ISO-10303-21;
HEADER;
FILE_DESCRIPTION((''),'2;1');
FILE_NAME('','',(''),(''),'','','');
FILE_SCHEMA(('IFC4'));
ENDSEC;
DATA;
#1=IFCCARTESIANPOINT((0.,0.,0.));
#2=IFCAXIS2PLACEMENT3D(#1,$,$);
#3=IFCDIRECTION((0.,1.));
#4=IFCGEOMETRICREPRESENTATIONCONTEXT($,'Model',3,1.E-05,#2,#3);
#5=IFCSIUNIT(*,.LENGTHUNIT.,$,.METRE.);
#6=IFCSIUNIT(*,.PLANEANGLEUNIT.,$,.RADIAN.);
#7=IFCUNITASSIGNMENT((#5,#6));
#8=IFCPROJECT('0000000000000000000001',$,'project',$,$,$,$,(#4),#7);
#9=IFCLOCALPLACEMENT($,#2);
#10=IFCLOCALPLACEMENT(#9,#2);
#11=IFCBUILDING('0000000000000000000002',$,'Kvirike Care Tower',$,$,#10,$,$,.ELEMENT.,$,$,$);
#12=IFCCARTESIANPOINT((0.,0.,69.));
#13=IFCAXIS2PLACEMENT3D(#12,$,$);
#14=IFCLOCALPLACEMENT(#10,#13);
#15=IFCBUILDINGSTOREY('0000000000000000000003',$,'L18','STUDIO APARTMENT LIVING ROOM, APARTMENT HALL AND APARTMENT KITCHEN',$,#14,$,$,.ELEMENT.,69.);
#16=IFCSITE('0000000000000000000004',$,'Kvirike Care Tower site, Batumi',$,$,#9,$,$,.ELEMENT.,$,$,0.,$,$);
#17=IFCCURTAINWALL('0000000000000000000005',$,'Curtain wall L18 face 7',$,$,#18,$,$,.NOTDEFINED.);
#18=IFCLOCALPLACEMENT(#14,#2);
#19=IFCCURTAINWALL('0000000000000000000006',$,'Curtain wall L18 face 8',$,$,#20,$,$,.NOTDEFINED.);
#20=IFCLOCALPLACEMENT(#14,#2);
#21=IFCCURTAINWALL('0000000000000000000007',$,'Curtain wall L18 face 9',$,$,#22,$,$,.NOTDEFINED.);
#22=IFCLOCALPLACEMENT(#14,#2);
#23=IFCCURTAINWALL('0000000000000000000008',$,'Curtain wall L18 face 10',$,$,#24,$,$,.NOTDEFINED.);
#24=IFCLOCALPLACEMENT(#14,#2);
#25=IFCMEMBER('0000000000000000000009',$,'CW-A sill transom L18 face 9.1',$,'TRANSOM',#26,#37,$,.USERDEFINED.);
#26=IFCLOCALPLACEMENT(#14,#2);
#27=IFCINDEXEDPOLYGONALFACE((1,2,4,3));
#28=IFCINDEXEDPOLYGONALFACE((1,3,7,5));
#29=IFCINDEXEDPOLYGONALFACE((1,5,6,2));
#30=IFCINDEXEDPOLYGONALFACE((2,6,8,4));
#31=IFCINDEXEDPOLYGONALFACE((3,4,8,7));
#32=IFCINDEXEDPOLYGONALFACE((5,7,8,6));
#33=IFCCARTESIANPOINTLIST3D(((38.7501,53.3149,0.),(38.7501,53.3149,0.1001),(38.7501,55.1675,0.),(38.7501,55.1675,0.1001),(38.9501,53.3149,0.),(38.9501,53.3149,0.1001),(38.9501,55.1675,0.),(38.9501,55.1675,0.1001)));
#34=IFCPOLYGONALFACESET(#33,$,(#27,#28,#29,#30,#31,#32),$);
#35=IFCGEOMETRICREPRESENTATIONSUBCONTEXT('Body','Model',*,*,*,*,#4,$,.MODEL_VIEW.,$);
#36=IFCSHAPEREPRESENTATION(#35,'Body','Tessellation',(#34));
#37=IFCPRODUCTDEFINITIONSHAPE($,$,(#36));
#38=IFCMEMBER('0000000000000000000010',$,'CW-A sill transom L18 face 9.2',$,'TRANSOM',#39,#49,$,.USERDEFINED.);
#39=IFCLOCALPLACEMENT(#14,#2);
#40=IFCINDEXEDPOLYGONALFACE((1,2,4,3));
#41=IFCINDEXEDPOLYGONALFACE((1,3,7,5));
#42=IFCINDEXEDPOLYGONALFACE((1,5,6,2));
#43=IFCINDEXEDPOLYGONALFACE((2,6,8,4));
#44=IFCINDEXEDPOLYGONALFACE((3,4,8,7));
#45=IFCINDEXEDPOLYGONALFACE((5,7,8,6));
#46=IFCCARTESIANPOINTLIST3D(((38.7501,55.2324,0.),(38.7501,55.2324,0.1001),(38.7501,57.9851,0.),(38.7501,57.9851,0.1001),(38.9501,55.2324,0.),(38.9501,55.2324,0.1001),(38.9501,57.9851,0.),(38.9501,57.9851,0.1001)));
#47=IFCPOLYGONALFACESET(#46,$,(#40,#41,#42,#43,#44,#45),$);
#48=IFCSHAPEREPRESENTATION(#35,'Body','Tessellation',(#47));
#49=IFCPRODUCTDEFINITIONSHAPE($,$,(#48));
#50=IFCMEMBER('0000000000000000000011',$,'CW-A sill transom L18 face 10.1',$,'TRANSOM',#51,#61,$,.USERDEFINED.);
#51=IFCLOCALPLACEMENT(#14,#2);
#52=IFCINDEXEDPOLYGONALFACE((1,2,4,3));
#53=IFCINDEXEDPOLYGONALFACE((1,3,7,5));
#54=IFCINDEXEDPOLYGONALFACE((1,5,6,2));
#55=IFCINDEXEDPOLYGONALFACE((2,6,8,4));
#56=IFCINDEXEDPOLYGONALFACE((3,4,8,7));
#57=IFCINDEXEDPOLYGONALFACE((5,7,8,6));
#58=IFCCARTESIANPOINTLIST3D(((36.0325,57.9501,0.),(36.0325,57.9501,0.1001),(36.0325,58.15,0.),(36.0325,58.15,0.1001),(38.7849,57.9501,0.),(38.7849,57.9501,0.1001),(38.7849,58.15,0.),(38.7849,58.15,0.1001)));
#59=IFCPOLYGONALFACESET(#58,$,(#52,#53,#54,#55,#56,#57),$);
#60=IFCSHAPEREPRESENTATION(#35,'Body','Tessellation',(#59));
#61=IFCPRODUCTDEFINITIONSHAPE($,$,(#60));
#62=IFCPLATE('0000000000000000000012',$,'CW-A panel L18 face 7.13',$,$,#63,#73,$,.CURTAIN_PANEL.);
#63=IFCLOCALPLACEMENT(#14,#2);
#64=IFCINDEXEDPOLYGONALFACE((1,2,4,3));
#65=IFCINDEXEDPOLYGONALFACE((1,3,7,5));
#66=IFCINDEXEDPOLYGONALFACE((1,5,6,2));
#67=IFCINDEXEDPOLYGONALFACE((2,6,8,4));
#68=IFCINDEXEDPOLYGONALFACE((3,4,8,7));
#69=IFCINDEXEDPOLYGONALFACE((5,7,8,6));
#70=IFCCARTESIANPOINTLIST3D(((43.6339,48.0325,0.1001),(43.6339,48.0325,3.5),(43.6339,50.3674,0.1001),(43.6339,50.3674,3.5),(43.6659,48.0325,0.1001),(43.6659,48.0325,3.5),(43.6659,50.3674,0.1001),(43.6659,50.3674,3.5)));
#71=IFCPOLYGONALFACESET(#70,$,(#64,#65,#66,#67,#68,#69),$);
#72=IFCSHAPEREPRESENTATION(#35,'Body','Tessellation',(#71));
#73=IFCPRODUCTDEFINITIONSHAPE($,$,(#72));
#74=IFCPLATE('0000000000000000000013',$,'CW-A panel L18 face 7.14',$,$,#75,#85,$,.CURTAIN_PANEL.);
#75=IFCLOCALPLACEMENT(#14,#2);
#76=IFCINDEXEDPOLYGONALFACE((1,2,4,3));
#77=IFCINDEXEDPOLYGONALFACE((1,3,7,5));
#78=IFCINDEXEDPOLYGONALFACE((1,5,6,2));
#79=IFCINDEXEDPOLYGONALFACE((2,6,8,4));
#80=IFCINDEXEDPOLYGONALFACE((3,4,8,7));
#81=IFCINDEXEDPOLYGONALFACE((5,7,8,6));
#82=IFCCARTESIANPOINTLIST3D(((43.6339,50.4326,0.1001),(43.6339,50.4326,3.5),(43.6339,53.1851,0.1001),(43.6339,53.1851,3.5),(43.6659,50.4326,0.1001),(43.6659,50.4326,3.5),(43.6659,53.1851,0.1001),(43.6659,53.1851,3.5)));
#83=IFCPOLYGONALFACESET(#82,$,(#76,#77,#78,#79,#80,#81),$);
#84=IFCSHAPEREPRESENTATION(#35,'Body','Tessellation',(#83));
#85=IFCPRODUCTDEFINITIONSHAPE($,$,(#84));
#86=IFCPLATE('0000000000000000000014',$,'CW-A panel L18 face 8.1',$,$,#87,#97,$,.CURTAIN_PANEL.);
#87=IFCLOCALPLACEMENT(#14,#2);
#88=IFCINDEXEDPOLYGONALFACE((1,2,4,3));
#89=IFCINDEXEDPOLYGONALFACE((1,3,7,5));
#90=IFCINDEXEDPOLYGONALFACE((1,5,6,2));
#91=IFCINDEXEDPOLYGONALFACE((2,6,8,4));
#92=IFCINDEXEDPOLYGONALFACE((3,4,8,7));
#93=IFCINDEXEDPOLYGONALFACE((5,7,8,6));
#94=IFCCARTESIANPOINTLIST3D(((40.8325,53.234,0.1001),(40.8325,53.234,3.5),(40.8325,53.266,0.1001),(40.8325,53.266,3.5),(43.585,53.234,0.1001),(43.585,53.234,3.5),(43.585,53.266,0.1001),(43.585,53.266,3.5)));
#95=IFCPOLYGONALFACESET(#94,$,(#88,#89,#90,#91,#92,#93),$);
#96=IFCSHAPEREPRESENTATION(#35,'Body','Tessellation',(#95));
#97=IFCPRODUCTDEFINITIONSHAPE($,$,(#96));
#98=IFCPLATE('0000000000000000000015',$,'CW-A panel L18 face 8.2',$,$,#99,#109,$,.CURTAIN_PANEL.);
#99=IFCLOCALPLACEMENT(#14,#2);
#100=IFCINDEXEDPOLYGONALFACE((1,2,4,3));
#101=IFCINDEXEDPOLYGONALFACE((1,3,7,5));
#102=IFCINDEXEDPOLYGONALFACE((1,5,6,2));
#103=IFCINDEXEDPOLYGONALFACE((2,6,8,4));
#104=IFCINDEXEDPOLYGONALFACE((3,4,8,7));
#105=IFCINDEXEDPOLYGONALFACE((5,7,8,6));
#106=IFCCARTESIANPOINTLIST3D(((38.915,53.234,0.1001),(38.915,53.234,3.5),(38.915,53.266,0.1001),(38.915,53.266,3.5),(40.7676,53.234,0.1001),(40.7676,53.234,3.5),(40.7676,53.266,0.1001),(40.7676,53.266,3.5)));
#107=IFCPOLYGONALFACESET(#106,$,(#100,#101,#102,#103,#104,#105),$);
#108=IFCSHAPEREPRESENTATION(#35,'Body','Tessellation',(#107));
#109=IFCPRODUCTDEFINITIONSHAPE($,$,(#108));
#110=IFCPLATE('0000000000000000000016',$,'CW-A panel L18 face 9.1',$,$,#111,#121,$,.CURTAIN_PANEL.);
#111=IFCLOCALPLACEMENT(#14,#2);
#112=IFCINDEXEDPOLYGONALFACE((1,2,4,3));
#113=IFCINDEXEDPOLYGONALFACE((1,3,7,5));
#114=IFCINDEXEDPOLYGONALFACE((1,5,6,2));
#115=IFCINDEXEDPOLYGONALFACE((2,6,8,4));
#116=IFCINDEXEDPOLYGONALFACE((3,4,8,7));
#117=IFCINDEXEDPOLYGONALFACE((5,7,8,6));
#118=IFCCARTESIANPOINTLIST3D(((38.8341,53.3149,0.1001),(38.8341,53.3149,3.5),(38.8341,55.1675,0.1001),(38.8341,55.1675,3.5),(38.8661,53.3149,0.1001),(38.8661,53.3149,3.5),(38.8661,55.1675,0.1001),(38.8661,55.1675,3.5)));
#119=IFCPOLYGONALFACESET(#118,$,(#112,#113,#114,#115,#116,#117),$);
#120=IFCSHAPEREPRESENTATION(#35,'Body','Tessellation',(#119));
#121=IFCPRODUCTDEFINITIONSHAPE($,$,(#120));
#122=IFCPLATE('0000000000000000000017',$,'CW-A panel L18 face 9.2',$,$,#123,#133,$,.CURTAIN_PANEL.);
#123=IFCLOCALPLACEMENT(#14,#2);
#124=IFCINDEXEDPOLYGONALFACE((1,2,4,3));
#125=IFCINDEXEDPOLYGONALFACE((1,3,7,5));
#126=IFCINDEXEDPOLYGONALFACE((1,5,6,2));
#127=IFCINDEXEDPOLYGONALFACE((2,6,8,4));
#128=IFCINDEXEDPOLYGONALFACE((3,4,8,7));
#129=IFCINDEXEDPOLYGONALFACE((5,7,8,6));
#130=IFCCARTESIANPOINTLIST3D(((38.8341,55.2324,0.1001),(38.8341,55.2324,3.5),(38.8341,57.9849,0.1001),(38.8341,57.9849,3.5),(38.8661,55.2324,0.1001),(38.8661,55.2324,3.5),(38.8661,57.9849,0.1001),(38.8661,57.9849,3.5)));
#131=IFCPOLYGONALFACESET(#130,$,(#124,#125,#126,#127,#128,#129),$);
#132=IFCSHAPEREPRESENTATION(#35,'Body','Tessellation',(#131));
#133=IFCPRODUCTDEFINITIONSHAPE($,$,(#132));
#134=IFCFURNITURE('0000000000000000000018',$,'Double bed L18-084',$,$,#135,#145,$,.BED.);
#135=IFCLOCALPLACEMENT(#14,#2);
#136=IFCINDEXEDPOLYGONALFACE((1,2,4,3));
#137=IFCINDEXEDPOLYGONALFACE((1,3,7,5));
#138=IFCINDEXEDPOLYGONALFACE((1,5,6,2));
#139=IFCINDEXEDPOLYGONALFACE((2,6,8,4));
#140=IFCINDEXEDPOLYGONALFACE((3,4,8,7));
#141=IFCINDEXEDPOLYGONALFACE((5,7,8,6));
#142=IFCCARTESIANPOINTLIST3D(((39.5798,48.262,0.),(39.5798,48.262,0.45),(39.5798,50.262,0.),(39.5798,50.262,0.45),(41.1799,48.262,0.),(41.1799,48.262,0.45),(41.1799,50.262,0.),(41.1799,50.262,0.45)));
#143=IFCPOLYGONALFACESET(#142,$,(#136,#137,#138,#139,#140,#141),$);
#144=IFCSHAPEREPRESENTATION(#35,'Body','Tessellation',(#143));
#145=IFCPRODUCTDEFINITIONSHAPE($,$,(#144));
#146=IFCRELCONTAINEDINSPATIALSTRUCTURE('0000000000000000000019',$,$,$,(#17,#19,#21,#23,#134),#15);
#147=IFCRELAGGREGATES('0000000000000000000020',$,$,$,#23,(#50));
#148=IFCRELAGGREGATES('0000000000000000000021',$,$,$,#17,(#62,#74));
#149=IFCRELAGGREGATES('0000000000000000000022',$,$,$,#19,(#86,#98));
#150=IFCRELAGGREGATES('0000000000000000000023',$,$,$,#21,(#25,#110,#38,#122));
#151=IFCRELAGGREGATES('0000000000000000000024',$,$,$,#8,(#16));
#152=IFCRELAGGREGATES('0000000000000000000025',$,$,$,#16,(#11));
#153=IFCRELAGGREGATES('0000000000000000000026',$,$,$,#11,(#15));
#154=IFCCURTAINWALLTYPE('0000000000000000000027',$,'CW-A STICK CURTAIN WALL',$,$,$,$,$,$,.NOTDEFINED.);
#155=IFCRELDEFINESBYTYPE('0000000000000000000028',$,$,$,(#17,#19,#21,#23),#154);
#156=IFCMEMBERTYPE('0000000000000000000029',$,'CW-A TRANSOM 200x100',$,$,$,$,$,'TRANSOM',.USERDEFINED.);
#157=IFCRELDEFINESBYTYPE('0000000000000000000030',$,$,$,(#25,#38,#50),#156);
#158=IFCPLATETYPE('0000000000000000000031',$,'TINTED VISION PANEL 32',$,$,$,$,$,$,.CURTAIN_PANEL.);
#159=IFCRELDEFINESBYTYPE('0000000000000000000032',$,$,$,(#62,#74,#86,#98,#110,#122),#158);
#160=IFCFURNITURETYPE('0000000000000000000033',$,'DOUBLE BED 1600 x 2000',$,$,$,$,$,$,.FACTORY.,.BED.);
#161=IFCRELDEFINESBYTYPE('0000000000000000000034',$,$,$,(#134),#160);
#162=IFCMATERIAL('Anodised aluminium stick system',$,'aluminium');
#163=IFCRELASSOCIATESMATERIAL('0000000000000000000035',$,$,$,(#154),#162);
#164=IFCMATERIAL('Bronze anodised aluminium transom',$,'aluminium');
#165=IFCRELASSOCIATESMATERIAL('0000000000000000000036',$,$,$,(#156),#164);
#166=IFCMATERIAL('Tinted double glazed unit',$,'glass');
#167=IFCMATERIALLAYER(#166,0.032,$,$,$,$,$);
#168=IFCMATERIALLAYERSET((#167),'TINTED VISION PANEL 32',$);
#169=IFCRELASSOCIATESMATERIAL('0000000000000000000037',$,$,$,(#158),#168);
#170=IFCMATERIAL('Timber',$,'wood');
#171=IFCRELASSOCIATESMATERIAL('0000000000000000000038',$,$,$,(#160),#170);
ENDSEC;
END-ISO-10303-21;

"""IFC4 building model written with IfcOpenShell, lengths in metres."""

from ifc_helpers import new_model, si_unit, direction, frame, origin, origin_2d, place, context, subcontext, project, spatial, rectangle, extrude, material, layer, layer_set, material_profile, profile_set, type_object, element, aggregate, save


model = new_model("IFC4")

# Units and contexts
model_context = context("Model", 3, precision=1e-05, world=origin(), true_north=direction((0.0, 1.0)))
body_context = subcontext(model_context, "Body", "Model", "MODEL_VIEW")
ifc_project = project(units=[si_unit("LENGTHUNIT", "METRE"), si_unit("PLANEANGLEUNIT", "RADIAN")], contexts=[model_context])

# Site, building, storey
site_placement = place(None, origin())
site = spatial("IfcSite", under=ifc_project, at=site_placement, Name="Kvirike Care Tower site, Batumi", CompositionType="ELEMENT", RefElevation=0.0)
building_placement = place(site_placement, origin())
building = spatial("IfcBuilding", under=site, at=building_placement, Name="Kvirike Care Tower", CompositionType="ELEMENT")
storey_placement = place(building_placement, frame((0.0, 0.0, 69.0)))
storey = spatial("IfcBuildingStorey", under=building, at=storey_placement, Name="L18", Description="STUDIO APARTMENT LIVING ROOM, APARTMENT HALL AND APARTMENT KITCHEN", CompositionType="ELEMENT", Elevation=69.0)

# Curtain walls
ifc_material_1 = material(Name="Anodised aluminium stick system", Category="aluminium")
curtain_wall_type = type_object("IfcCurtainWallType", Name="CW-A STICK CURTAIN WALL", PredefinedType="NOTDEFINED", material=ifc_material_1)
curtain_wall_1_placement = place(storey_placement, origin())
curtain_wall_1 = element("IfcCurtainWall", 1, at=curtain_wall_1_placement, inside=storey, type_object=curtain_wall_type, Name="Curtain wall L18 face 7", PredefinedType="NOTDEFINED")
curtain_wall_2_placement = place(storey_placement, origin())
curtain_wall_2 = element("IfcCurtainWall", 2, at=curtain_wall_2_placement, inside=storey, type_object=curtain_wall_type, Name="Curtain wall L18 face 8", PredefinedType="NOTDEFINED")
curtain_wall_3_placement = place(storey_placement, origin())
curtain_wall_3 = element("IfcCurtainWall", 3, at=curtain_wall_3_placement, inside=storey, type_object=curtain_wall_type, Name="Curtain wall L18 face 9", PredefinedType="NOTDEFINED")

# Curtain wall
curtain_wall_4_placement = place(storey_placement, origin())
curtain_wall_4 = element("IfcCurtainWall", 4, at=curtain_wall_4_placement, inside=storey, type_object=curtain_wall_type, Name="Curtain wall L18 face 10", PredefinedType="NOTDEFINED")

# Members
ifc_material_2 = material(Name="Bronze anodised aluminium transom", Category="aluminium")
ifc_material_profile_1 = material_profile(ifc_material_2, rectangle(XDim=0.2, YDim=0.1001, at=origin_2d()), Name="CW-A TRANSOM 200x100")
ifc_profile_set_1 = profile_set([ifc_material_profile_1], Name="Bronze anodised aluminium transom")
member_type_1 = type_object("IfcMemberType", Name="CW-A TRANSOM 200x100", ElementType="TRANSOM", PredefinedType="USERDEFINED", material=ifc_profile_set_1)
member_1_placement = place(storey_placement, frame((38.8501, 53.3149, 0.05), z_axis=(0.0, 1.0, 0.0), x_axis=(-1.0, 0.0, 0.0)))
member_1 = element("IfcMember", 5, at=member_1_placement, type_object=member_type_1, Name="CW-A sill transom L18 face 9.1", ObjectType="TRANSOM", PredefinedType="USERDEFINED", context=body_context, shape_type="SweptSolid", body=[
    extrude(rectangle(XDim=0.2, YDim=0.1001, at=origin_2d()), origin(), (0.0, 0.0, 1.0), 1.8525),
])
member_2_placement = place(storey_placement, frame((38.8501, 55.2324, 0.05), z_axis=(0.0, 1.0, 0.0), x_axis=(-1.0, 0.0, 0.0)))
member_2 = element("IfcMember", 6, at=member_2_placement, type_object=member_type_1, Name="CW-A sill transom L18 face 9.2", ObjectType="TRANSOM", PredefinedType="USERDEFINED", context=body_context, shape_type="SweptSolid", body=[
    extrude(rectangle(XDim=0.2, YDim=0.1001, at=origin_2d()), origin(), (0.0, 0.0, 1.0), 2.7527),
])
member_3_placement = place(storey_placement, frame((38.7849, 58.05, 0.05), z_axis=(-1.0, 0.0, 0.0), x_axis=(0.0, -1.0, 0.0)))
member_3 = element("IfcMember", 7, at=member_3_placement, type_object=member_type_1, Name="CW-A sill transom L18 face 10.1", ObjectType="TRANSOM", PredefinedType="USERDEFINED", context=body_context, shape_type="SweptSolid", body=[
    extrude(rectangle(XDim=0.2, YDim=0.1001, at=origin_2d()), origin(), (0.0, 0.0, 1.0), 2.7524),
])
aggregate(curtain_wall_4, [member_3])

# Plates
ifc_material_3 = material(Name="Tinted double glazed unit", Category="glass")
ifc_layer = layer(ifc_material_3, 0.032)
ifc_layer_set = layer_set([ifc_layer], Name="TINTED VISION PANEL 32")
plate_type = type_object("IfcPlateType", Name="TINTED VISION PANEL 32", PredefinedType="CURTAIN_PANEL", material=ifc_layer_set)
plate_1_placement = place(storey_placement, frame((43.6499, 49.2, 0.1001), z_axis=(0.0, 0.0, 1.0), x_axis=(0.0, 1.0, 0.0)))
plate_1 = element("IfcPlate", 8, at=plate_1_placement, type_object=plate_type, Name="CW-A panel L18 face 7.13", PredefinedType="CURTAIN_PANEL", context=body_context, shape_type="SweptSolid", body=[
    extrude(rectangle(XDim=2.335, YDim=0.032, at=origin_2d()), origin(), (0.0, 0.0, 1.0), 3.3999),
])
plate_2_placement = place(storey_placement, frame((43.6499, 51.8088, 0.1001), z_axis=(0.0, 0.0, 1.0), x_axis=(0.0, 1.0, 0.0)))
plate_2 = element("IfcPlate", 9, at=plate_2_placement, type_object=plate_type, Name="CW-A panel L18 face 7.14", PredefinedType="CURTAIN_PANEL", context=body_context, shape_type="SweptSolid", body=[
    extrude(rectangle(XDim=2.7524, YDim=0.032, at=origin_2d()), origin(), (0.0, 0.0, 1.0), 3.3999),
])
aggregate(curtain_wall_1, [plate_1, plate_2])
plate_3_placement = place(storey_placement, frame((42.2087, 53.25, 0.1001), z_axis=(0.0, 0.0, 1.0), x_axis=(-1.0, 0.0, 0.0)))
plate_3 = element("IfcPlate", 10, at=plate_3_placement, type_object=plate_type, Name="CW-A panel L18 face 8.1", PredefinedType="CURTAIN_PANEL", context=body_context, shape_type="SweptSolid", body=[
    extrude(rectangle(XDim=2.7524, YDim=0.032, at=origin_2d()), origin(), (0.0, 0.0, 1.0), 3.3999),
])
plate_4_placement = place(storey_placement, frame((39.8413, 53.25, 0.1001), z_axis=(0.0, 0.0, 1.0), x_axis=(-1.0, 0.0, 0.0)))
plate_4 = element("IfcPlate", 11, at=plate_4_placement, type_object=plate_type, Name="CW-A panel L18 face 8.2", PredefinedType="CURTAIN_PANEL", context=body_context, shape_type="SweptSolid", body=[
    extrude(rectangle(XDim=1.8525, YDim=0.032, at=origin_2d()), origin(), (0.0, 0.0, 1.0), 3.3999),
])
aggregate(curtain_wall_2, [plate_3, plate_4])
plate_5_placement = place(storey_placement, frame((38.8501, 54.2412, 0.1001), z_axis=(0.0, 0.0, 1.0), x_axis=(0.0, 1.0, 0.0)))
plate_5 = element("IfcPlate", 12, at=plate_5_placement, type_object=plate_type, Name="CW-A panel L18 face 9.1", PredefinedType="CURTAIN_PANEL", context=body_context, shape_type="SweptSolid", body=[
    extrude(rectangle(XDim=1.8525, YDim=0.032, at=origin_2d()), origin(), (0.0, 0.0, 1.0), 3.3999),
])
plate_6_placement = place(storey_placement, frame((38.8501, 56.6086, 0.1001), z_axis=(0.0, 0.0, 1.0), x_axis=(0.0, 1.0, 0.0)))
plate_6 = element("IfcPlate", 13, at=plate_6_placement, type_object=plate_type, Name="CW-A panel L18 face 9.2", PredefinedType="CURTAIN_PANEL", context=body_context, shape_type="SweptSolid", body=[
    extrude(rectangle(XDim=2.7524, YDim=0.032, at=origin_2d()), origin(), (0.0, 0.0, 1.0), 3.3999),
])
aggregate(curtain_wall_3, [member_1, plate_5, member_2, plate_6])

# Furniture
ifc_material_4 = material(Name="Timber", Category="wood")
furniture_type = type_object("IfcFurnitureType", Name="DOUBLE BED 1600 x 2000", AssemblyPlace="FACTORY", PredefinedType="BED", material=ifc_material_4)
furniture_placement = place(storey_placement, frame((40.3799, 49.262, 0.0), z_axis=(0.0, 0.0, 1.0), x_axis=(-1.0, 0.0, 0.0)))
element("IfcFurniture", 14, at=furniture_placement, inside=storey, type_object=furniture_type, Name="Double bed L18-084", PredefinedType="BED", context=body_context, shape_type="SweptSolid", body=[
    extrude(rectangle(XDim=1.6001, YDim=2.0, at=origin_2d()), origin(), (0.0, 0.0, 1.0), 0.45),
])

save(model, "model.ifc")
